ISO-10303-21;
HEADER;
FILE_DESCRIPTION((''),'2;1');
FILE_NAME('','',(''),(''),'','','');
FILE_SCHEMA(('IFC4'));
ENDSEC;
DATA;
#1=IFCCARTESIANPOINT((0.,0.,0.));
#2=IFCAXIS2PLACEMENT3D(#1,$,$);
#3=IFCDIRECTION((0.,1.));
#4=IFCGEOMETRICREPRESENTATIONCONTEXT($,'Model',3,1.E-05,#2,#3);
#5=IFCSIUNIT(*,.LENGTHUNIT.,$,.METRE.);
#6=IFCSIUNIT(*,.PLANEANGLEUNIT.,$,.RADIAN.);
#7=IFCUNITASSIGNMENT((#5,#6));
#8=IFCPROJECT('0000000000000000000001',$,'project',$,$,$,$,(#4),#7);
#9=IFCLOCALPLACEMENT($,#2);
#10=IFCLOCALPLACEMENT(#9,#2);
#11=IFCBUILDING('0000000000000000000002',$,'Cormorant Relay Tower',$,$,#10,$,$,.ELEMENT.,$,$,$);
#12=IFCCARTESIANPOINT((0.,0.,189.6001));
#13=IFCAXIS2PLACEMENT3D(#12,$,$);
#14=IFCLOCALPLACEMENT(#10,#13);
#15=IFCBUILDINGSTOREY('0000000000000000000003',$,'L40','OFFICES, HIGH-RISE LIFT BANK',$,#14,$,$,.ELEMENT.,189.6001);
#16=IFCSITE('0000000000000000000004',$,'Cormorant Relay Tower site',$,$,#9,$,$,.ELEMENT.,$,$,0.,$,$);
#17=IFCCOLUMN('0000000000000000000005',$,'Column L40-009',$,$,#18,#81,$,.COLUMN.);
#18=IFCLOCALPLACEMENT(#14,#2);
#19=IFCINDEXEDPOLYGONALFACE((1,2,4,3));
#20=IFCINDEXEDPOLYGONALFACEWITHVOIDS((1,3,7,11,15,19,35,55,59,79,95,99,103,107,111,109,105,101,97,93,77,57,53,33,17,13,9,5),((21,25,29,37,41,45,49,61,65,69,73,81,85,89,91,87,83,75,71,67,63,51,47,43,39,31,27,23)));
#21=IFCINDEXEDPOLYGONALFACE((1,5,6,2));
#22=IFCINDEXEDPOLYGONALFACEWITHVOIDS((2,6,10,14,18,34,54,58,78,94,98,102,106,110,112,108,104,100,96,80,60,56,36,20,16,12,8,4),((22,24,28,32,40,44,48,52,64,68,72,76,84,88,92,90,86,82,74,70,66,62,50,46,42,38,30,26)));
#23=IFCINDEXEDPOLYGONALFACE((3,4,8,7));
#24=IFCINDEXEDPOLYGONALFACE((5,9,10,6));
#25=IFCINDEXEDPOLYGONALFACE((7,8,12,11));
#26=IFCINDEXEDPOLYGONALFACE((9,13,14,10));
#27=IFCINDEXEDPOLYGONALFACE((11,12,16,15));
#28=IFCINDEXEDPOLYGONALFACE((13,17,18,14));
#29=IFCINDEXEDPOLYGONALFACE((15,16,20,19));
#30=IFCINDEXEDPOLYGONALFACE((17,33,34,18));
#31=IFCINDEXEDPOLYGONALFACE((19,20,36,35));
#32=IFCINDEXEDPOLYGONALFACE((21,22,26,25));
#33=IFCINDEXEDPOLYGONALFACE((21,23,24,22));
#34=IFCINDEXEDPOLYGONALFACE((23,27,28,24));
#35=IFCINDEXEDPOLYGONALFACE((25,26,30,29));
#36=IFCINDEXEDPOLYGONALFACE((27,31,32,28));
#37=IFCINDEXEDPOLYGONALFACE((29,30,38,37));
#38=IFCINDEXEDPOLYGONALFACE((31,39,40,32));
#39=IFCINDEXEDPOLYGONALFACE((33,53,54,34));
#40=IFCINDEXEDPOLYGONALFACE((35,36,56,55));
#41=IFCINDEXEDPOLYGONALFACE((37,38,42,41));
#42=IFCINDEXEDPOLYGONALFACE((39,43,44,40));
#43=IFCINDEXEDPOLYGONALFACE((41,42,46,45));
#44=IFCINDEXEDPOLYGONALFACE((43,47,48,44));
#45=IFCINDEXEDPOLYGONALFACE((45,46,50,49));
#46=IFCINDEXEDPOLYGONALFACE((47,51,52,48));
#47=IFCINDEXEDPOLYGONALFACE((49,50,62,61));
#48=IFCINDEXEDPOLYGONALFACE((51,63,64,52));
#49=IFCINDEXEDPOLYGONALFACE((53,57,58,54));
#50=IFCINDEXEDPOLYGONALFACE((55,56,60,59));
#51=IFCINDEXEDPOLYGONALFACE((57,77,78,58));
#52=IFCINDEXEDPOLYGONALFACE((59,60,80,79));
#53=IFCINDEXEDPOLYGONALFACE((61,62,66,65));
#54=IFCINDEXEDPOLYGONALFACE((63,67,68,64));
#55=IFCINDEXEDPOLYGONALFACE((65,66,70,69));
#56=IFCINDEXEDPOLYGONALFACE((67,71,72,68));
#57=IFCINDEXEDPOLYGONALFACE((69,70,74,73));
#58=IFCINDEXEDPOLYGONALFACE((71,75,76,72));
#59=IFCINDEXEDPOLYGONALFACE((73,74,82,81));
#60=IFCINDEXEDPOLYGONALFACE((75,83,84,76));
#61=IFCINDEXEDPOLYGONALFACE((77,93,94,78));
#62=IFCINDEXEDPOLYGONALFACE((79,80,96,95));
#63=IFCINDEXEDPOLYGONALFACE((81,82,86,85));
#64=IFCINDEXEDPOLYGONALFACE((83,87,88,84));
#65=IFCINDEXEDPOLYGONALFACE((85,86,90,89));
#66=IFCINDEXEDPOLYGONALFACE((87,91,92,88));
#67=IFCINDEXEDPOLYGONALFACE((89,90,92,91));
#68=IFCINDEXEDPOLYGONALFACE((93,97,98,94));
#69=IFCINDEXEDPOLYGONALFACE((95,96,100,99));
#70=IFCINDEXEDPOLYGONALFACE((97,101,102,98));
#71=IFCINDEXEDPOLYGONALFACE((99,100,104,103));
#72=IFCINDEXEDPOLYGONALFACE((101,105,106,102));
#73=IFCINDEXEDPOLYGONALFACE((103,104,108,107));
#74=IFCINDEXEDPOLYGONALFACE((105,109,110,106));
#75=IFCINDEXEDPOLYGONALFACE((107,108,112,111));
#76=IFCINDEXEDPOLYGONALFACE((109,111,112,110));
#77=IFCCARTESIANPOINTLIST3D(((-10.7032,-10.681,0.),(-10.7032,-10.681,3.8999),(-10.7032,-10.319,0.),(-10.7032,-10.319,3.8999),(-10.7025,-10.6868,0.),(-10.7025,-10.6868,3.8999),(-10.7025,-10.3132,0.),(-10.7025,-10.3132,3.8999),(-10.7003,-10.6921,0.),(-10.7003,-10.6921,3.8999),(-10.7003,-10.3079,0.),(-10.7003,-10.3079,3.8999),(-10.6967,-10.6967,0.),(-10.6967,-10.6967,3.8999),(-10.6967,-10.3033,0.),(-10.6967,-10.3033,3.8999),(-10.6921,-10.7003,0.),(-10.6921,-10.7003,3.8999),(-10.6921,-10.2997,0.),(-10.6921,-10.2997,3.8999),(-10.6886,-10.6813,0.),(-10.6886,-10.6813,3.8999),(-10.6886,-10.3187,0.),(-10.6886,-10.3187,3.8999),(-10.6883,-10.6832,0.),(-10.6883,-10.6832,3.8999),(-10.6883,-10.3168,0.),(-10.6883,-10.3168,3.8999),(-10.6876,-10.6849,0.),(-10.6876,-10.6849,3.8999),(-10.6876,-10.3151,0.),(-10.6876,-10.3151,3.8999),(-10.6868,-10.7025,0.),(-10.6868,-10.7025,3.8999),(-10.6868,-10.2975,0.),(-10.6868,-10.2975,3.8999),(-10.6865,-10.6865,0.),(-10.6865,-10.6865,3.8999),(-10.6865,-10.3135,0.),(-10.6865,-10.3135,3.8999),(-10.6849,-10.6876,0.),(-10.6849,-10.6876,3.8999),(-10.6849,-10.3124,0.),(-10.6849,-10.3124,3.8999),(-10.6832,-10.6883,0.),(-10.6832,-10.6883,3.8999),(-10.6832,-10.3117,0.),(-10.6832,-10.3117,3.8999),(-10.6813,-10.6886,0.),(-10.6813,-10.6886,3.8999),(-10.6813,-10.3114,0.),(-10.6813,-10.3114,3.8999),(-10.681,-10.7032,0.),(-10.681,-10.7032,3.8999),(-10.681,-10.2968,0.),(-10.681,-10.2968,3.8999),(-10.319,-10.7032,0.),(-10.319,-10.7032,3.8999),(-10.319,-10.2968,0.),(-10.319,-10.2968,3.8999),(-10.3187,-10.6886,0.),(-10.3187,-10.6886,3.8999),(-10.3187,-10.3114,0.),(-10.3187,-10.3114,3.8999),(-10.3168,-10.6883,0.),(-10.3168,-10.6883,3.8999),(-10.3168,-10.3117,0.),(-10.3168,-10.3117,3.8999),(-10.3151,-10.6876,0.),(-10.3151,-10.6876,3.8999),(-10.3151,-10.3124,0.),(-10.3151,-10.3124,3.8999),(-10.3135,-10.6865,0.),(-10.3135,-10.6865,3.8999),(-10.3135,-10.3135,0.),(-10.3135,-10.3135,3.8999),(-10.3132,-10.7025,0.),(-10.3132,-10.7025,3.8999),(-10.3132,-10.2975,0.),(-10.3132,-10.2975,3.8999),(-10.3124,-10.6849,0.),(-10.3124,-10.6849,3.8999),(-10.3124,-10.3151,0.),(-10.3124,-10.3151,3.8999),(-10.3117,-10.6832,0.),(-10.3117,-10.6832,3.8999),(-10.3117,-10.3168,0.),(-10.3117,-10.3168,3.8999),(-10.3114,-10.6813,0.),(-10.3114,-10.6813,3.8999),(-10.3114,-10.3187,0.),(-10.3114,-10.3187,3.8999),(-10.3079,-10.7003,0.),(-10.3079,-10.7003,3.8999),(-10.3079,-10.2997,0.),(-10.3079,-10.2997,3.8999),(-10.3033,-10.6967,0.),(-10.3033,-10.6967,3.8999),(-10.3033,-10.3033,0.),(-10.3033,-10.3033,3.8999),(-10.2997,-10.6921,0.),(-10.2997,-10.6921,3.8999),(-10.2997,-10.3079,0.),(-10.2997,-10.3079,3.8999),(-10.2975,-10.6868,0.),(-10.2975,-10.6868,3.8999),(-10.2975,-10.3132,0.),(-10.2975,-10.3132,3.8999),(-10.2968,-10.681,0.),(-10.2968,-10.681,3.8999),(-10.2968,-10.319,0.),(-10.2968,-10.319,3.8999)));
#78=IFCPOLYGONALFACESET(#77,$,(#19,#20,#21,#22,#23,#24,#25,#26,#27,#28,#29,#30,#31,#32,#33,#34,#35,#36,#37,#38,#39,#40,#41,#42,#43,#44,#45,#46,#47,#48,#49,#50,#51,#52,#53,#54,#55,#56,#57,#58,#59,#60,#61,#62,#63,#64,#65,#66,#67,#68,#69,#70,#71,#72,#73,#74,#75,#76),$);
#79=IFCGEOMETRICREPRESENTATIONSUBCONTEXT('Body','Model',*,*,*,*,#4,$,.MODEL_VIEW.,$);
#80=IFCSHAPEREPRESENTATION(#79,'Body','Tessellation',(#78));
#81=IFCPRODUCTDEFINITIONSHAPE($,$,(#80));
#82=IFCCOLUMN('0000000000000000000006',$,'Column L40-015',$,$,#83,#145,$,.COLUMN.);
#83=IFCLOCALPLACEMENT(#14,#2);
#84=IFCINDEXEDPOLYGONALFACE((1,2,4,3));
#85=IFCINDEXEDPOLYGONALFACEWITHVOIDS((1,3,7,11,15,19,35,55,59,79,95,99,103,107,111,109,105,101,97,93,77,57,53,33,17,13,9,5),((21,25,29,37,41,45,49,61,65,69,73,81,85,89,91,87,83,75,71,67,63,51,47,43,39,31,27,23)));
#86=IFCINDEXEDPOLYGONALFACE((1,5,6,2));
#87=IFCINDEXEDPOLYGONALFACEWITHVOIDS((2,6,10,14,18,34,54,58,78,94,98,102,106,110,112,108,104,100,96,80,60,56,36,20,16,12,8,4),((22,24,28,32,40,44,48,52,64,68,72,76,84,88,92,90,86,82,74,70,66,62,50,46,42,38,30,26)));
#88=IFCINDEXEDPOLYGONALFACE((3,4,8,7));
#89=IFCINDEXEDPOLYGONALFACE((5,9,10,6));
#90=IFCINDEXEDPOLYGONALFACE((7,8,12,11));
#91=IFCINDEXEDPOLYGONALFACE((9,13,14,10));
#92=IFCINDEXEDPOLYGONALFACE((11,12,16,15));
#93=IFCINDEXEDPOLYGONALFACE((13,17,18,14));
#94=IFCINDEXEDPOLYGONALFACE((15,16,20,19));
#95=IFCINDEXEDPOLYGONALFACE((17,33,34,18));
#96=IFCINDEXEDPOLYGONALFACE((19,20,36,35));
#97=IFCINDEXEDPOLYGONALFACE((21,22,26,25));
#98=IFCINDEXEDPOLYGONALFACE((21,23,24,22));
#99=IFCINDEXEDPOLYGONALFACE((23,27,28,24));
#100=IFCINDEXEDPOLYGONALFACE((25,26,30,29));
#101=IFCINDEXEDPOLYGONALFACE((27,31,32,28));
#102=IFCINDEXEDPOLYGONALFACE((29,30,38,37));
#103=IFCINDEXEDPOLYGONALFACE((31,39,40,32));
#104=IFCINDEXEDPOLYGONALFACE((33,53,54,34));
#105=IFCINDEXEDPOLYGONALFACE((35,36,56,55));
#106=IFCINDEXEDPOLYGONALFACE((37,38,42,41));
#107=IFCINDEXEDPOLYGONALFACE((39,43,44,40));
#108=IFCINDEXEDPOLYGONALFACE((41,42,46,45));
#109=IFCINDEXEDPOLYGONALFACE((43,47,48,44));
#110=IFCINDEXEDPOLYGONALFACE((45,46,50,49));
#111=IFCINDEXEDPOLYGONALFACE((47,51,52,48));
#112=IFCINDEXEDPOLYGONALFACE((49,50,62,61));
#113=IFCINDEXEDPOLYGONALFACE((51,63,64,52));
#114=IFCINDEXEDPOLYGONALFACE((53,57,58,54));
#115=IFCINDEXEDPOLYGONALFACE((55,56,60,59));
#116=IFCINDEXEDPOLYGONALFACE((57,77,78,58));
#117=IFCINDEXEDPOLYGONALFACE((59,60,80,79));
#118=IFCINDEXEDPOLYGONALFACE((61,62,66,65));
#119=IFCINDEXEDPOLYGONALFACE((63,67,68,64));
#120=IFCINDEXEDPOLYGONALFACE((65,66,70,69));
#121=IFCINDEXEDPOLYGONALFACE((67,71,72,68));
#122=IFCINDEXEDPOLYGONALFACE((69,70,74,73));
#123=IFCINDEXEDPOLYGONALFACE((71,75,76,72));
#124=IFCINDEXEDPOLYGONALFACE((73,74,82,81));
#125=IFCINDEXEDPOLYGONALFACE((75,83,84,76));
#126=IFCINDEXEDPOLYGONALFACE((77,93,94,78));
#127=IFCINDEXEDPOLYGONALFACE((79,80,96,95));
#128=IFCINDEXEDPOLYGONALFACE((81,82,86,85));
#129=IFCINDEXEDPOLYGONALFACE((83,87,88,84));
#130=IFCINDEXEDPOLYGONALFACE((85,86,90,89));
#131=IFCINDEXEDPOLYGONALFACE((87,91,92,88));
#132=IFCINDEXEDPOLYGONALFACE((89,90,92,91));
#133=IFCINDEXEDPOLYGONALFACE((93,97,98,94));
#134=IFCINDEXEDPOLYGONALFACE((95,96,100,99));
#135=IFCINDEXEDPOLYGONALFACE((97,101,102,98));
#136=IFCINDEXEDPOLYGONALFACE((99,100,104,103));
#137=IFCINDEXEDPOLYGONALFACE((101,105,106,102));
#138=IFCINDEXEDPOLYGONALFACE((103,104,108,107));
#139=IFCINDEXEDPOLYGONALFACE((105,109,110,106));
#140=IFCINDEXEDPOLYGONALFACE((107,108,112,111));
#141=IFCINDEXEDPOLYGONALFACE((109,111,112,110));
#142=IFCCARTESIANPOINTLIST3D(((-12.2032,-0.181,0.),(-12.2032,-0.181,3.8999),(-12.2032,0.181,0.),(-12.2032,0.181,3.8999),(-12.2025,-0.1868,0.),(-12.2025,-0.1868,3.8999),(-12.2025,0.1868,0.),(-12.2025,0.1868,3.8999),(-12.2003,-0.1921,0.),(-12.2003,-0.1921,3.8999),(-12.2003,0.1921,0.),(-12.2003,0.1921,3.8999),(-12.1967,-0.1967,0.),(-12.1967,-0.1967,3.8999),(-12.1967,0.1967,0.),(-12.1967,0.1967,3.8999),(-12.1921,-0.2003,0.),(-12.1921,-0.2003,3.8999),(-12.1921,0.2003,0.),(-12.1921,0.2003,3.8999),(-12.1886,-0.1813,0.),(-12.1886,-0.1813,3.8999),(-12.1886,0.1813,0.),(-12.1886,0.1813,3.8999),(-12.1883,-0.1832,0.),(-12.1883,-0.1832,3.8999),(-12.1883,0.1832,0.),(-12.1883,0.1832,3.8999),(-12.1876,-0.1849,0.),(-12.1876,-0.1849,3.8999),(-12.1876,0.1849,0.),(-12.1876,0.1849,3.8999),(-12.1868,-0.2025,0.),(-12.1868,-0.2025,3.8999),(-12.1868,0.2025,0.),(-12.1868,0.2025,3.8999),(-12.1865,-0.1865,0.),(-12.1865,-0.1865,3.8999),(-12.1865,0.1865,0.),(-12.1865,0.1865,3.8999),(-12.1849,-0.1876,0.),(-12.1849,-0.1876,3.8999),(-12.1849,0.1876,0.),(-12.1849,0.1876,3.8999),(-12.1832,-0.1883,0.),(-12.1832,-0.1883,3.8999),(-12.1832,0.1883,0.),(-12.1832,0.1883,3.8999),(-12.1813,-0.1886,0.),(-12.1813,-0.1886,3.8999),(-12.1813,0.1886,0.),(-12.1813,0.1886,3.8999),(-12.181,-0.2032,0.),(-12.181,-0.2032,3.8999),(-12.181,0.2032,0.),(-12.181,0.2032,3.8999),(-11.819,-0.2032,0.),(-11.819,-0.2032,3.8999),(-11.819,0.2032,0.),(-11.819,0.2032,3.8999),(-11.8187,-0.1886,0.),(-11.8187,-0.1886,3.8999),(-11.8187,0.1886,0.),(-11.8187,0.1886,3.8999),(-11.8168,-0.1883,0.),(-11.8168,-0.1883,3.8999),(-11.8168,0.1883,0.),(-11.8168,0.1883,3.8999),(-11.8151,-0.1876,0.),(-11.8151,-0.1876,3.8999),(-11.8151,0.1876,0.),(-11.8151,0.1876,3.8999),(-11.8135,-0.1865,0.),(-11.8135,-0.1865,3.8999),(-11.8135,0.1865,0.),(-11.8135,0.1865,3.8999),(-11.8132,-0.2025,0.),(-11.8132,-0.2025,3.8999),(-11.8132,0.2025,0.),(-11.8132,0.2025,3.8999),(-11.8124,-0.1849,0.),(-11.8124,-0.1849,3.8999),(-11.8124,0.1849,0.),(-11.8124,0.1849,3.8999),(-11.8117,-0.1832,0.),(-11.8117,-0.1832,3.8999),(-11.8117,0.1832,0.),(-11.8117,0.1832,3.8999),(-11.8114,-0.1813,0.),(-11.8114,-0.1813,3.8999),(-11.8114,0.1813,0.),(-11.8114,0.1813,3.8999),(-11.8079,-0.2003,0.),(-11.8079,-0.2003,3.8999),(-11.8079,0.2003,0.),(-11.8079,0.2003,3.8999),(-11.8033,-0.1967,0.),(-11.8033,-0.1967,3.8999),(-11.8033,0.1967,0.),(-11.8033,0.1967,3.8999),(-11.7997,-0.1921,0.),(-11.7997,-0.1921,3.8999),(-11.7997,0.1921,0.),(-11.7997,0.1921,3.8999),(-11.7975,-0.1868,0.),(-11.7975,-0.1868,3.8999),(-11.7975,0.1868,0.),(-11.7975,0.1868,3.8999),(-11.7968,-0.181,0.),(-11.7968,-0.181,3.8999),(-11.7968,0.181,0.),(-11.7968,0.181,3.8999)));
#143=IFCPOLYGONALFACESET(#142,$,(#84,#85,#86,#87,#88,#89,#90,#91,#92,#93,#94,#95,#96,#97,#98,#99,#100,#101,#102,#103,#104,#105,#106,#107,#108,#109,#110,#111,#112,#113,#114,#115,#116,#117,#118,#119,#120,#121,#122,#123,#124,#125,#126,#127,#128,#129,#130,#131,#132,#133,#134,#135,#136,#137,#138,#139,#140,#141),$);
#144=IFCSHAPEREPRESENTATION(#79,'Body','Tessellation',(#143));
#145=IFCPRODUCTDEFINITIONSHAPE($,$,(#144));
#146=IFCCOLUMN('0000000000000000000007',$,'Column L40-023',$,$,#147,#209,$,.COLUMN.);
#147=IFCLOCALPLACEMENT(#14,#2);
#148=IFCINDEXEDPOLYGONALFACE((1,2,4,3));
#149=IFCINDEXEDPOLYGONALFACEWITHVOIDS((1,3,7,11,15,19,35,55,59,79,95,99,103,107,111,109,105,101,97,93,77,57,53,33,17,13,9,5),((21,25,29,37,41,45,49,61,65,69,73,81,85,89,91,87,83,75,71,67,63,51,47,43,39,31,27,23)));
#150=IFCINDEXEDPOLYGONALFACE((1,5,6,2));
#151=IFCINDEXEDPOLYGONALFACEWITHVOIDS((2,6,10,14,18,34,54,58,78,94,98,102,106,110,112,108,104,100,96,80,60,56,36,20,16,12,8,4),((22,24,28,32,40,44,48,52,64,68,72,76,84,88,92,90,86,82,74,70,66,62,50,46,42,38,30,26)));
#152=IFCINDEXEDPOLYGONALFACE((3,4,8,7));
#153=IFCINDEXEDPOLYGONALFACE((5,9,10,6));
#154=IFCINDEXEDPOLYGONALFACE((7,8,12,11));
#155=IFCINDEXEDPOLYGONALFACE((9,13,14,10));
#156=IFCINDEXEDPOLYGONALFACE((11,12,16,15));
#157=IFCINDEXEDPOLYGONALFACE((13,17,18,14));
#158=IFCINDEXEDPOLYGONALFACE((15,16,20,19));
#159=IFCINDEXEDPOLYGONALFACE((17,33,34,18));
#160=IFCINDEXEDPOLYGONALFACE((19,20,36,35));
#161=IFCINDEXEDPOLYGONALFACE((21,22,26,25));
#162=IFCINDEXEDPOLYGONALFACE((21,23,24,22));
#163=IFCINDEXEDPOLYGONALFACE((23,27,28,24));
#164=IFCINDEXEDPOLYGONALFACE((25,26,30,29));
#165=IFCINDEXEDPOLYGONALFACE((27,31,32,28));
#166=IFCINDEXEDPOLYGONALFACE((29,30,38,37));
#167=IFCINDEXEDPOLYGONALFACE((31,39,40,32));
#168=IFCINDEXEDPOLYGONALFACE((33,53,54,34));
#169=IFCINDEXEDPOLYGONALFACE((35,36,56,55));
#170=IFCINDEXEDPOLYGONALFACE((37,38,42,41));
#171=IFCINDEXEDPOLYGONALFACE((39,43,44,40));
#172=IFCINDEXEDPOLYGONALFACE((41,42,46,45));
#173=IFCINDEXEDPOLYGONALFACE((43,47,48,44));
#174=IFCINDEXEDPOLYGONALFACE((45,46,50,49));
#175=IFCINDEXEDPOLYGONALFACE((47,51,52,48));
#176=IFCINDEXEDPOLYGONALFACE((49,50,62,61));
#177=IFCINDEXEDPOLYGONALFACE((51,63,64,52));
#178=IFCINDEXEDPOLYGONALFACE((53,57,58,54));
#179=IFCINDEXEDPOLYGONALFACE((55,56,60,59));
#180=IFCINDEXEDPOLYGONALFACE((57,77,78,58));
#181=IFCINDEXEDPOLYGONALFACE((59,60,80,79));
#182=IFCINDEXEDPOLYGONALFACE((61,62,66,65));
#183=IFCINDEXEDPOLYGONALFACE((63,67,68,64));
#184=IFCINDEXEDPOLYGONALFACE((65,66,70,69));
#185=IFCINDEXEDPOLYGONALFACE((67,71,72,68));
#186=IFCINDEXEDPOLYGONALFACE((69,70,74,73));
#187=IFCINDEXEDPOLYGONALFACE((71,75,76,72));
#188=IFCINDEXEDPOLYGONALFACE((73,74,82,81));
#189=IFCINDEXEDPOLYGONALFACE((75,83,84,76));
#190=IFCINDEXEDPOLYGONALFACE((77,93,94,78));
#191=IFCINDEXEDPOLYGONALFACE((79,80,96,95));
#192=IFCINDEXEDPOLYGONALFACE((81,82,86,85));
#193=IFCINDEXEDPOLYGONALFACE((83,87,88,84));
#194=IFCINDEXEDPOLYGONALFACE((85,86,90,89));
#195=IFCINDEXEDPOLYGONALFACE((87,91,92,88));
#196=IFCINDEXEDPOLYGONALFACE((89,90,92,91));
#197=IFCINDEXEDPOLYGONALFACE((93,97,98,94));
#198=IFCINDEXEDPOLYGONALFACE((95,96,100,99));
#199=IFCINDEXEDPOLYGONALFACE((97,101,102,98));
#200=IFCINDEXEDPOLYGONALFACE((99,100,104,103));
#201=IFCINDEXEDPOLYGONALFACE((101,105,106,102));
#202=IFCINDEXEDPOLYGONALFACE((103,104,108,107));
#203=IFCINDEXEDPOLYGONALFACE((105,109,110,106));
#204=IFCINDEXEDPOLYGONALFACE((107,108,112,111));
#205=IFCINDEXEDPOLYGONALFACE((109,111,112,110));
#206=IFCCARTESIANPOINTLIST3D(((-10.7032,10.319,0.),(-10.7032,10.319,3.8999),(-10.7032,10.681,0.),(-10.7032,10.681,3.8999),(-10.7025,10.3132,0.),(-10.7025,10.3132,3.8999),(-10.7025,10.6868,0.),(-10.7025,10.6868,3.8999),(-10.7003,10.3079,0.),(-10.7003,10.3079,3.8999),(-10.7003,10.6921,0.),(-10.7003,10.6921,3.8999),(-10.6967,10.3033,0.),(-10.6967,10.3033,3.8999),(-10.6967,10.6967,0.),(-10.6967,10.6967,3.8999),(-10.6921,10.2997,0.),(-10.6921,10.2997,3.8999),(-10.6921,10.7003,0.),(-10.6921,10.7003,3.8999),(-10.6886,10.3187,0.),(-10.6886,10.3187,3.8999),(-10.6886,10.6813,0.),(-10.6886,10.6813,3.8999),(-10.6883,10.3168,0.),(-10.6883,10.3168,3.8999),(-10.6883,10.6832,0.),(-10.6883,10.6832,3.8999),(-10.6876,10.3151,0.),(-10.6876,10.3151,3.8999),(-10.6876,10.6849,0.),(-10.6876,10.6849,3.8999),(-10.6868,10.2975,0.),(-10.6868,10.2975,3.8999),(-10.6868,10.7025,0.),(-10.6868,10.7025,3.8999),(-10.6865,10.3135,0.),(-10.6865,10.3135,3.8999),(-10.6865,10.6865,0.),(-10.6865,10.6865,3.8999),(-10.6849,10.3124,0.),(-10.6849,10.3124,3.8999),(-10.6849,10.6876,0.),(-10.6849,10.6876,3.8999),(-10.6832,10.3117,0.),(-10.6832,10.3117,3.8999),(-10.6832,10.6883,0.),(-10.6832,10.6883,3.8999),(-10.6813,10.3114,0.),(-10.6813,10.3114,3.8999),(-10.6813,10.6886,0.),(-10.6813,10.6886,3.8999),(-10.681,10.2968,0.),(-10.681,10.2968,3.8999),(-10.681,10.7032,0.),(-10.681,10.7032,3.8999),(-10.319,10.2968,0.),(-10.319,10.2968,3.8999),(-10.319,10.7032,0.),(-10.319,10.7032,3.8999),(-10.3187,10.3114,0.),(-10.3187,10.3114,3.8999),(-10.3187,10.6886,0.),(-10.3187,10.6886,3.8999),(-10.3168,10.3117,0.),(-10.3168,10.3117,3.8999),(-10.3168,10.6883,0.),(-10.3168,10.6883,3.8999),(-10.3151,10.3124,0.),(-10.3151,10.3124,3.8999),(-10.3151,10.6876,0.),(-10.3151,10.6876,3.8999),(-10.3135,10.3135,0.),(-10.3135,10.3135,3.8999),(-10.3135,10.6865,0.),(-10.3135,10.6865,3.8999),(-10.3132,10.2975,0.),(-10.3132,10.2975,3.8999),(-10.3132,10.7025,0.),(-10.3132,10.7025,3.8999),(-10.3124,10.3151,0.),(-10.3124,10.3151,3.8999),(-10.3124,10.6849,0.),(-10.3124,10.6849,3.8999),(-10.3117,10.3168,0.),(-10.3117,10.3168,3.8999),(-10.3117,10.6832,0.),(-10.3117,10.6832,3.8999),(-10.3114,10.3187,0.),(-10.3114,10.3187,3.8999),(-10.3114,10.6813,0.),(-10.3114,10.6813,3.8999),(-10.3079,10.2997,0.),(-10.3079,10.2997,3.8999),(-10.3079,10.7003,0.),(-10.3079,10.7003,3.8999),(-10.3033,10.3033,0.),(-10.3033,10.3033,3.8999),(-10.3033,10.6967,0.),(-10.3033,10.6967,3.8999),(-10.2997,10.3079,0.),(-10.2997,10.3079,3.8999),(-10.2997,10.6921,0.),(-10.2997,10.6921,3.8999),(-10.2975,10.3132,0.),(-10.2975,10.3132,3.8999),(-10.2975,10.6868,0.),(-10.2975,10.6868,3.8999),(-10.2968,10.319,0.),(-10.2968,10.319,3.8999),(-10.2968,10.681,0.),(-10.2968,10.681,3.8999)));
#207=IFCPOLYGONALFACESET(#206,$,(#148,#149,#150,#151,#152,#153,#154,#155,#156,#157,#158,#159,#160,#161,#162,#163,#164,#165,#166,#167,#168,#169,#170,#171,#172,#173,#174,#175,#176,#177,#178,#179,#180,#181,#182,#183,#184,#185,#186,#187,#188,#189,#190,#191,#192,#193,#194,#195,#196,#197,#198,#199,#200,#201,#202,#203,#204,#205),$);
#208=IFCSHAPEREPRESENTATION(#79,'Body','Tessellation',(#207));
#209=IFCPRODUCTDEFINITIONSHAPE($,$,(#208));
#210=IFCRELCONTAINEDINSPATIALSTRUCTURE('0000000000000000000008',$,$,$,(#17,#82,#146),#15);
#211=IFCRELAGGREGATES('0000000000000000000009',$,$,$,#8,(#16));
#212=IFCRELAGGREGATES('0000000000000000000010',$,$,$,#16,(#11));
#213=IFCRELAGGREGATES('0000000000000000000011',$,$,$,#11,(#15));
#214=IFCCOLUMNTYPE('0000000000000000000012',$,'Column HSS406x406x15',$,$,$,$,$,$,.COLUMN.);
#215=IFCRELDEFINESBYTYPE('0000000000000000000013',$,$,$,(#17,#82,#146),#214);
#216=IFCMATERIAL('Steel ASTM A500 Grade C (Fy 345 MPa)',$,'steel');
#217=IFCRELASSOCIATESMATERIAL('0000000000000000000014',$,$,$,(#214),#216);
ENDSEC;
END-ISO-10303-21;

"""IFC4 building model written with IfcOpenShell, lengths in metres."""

from ifc_helpers import new_model, si_unit, direction, frame, origin, origin_2d, place, context, subcontext, project, spatial, hollow_rectangle, extrude, material, material_profile, profile_set, type_object, element, save


model = new_model("IFC4")

# Units and contexts
model_context = context("Model", 3, precision=1e-05, world=origin(), true_north=direction((0.0, 1.0)))
body_context = subcontext(model_context, "Body", "Model", "MODEL_VIEW")
ifc_project = project(units=[si_unit("LENGTHUNIT", "METRE"), si_unit("PLANEANGLEUNIT", "RADIAN")], contexts=[model_context])

# Site, building, storey
site_placement = place(None, origin())
site = spatial("IfcSite", under=ifc_project, at=site_placement, Name="Cormorant Relay Tower site", CompositionType="ELEMENT", RefElevation=0.0)
building_placement = place(site_placement, origin())
building = spatial("IfcBuilding", under=site, at=building_placement, Name="Cormorant Relay Tower", CompositionType="ELEMENT")
storey_placement = place(building_placement, frame((0.0, 0.0, 189.6001)))
storey = spatial("IfcBuildingStorey", under=building, at=storey_placement, Name="L40", Description="OFFICES, HIGH-RISE LIFT BANK", CompositionType="ELEMENT", Elevation=189.6001)

# Columns
ifc_material_1 = material(Name="Steel ASTM A500 Grade C (Fy 345 MPa)", Category="steel")
ifc_material_profile = material_profile(ifc_material_1, hollow_rectangle(XDim=0.4065, YDim=0.4065, WallThickness=0.0146, InnerFilletRadius=0.0073, OuterFilletRadius=0.0222, at=origin_2d()), Name="HSS406x406x15")
ifc_profile_set = profile_set([ifc_material_profile], Name="Steel ASTM A500 Grade C (Fy 345 MPa)")
column_type = type_object("IfcColumnType", Name="Column HSS406x406x15", PredefinedType="COLUMN", material=ifc_profile_set)
for number, where, z_axis, x_axis, name in (
    (1, (-10.5, -10.5, 0.0), (0.0, 0.0, 1.0), (1.0, 0.0, 0.0), "Column L40-009"),
    (2, (-12.0, 0.0, 0.0), (0.0, 0.0, 1.0), (1.0, 0.0, 0.0), "Column L40-015"),
    (3, (-10.5, 10.5, 0.0), (0.0, 0.0, 1.0), (1.0, 0.0, 0.0), "Column L40-023"),
):
    element("IfcColumn", number, at=place(storey_placement, frame(where, z_axis=z_axis, x_axis=x_axis)), inside=storey, type_object=column_type, Name=name, PredefinedType="COLUMN", context=body_context, shape_type="SweptSolid", body=[
        extrude(hollow_rectangle(XDim=0.4065, YDim=0.4065, WallThickness=0.0146, InnerFilletRadius=0.0073, OuterFilletRadius=0.0222, at=origin_2d()), origin(), (0.0, 0.0, 1.0), 3.8999),
    ])

save(model, "model.ifc")
